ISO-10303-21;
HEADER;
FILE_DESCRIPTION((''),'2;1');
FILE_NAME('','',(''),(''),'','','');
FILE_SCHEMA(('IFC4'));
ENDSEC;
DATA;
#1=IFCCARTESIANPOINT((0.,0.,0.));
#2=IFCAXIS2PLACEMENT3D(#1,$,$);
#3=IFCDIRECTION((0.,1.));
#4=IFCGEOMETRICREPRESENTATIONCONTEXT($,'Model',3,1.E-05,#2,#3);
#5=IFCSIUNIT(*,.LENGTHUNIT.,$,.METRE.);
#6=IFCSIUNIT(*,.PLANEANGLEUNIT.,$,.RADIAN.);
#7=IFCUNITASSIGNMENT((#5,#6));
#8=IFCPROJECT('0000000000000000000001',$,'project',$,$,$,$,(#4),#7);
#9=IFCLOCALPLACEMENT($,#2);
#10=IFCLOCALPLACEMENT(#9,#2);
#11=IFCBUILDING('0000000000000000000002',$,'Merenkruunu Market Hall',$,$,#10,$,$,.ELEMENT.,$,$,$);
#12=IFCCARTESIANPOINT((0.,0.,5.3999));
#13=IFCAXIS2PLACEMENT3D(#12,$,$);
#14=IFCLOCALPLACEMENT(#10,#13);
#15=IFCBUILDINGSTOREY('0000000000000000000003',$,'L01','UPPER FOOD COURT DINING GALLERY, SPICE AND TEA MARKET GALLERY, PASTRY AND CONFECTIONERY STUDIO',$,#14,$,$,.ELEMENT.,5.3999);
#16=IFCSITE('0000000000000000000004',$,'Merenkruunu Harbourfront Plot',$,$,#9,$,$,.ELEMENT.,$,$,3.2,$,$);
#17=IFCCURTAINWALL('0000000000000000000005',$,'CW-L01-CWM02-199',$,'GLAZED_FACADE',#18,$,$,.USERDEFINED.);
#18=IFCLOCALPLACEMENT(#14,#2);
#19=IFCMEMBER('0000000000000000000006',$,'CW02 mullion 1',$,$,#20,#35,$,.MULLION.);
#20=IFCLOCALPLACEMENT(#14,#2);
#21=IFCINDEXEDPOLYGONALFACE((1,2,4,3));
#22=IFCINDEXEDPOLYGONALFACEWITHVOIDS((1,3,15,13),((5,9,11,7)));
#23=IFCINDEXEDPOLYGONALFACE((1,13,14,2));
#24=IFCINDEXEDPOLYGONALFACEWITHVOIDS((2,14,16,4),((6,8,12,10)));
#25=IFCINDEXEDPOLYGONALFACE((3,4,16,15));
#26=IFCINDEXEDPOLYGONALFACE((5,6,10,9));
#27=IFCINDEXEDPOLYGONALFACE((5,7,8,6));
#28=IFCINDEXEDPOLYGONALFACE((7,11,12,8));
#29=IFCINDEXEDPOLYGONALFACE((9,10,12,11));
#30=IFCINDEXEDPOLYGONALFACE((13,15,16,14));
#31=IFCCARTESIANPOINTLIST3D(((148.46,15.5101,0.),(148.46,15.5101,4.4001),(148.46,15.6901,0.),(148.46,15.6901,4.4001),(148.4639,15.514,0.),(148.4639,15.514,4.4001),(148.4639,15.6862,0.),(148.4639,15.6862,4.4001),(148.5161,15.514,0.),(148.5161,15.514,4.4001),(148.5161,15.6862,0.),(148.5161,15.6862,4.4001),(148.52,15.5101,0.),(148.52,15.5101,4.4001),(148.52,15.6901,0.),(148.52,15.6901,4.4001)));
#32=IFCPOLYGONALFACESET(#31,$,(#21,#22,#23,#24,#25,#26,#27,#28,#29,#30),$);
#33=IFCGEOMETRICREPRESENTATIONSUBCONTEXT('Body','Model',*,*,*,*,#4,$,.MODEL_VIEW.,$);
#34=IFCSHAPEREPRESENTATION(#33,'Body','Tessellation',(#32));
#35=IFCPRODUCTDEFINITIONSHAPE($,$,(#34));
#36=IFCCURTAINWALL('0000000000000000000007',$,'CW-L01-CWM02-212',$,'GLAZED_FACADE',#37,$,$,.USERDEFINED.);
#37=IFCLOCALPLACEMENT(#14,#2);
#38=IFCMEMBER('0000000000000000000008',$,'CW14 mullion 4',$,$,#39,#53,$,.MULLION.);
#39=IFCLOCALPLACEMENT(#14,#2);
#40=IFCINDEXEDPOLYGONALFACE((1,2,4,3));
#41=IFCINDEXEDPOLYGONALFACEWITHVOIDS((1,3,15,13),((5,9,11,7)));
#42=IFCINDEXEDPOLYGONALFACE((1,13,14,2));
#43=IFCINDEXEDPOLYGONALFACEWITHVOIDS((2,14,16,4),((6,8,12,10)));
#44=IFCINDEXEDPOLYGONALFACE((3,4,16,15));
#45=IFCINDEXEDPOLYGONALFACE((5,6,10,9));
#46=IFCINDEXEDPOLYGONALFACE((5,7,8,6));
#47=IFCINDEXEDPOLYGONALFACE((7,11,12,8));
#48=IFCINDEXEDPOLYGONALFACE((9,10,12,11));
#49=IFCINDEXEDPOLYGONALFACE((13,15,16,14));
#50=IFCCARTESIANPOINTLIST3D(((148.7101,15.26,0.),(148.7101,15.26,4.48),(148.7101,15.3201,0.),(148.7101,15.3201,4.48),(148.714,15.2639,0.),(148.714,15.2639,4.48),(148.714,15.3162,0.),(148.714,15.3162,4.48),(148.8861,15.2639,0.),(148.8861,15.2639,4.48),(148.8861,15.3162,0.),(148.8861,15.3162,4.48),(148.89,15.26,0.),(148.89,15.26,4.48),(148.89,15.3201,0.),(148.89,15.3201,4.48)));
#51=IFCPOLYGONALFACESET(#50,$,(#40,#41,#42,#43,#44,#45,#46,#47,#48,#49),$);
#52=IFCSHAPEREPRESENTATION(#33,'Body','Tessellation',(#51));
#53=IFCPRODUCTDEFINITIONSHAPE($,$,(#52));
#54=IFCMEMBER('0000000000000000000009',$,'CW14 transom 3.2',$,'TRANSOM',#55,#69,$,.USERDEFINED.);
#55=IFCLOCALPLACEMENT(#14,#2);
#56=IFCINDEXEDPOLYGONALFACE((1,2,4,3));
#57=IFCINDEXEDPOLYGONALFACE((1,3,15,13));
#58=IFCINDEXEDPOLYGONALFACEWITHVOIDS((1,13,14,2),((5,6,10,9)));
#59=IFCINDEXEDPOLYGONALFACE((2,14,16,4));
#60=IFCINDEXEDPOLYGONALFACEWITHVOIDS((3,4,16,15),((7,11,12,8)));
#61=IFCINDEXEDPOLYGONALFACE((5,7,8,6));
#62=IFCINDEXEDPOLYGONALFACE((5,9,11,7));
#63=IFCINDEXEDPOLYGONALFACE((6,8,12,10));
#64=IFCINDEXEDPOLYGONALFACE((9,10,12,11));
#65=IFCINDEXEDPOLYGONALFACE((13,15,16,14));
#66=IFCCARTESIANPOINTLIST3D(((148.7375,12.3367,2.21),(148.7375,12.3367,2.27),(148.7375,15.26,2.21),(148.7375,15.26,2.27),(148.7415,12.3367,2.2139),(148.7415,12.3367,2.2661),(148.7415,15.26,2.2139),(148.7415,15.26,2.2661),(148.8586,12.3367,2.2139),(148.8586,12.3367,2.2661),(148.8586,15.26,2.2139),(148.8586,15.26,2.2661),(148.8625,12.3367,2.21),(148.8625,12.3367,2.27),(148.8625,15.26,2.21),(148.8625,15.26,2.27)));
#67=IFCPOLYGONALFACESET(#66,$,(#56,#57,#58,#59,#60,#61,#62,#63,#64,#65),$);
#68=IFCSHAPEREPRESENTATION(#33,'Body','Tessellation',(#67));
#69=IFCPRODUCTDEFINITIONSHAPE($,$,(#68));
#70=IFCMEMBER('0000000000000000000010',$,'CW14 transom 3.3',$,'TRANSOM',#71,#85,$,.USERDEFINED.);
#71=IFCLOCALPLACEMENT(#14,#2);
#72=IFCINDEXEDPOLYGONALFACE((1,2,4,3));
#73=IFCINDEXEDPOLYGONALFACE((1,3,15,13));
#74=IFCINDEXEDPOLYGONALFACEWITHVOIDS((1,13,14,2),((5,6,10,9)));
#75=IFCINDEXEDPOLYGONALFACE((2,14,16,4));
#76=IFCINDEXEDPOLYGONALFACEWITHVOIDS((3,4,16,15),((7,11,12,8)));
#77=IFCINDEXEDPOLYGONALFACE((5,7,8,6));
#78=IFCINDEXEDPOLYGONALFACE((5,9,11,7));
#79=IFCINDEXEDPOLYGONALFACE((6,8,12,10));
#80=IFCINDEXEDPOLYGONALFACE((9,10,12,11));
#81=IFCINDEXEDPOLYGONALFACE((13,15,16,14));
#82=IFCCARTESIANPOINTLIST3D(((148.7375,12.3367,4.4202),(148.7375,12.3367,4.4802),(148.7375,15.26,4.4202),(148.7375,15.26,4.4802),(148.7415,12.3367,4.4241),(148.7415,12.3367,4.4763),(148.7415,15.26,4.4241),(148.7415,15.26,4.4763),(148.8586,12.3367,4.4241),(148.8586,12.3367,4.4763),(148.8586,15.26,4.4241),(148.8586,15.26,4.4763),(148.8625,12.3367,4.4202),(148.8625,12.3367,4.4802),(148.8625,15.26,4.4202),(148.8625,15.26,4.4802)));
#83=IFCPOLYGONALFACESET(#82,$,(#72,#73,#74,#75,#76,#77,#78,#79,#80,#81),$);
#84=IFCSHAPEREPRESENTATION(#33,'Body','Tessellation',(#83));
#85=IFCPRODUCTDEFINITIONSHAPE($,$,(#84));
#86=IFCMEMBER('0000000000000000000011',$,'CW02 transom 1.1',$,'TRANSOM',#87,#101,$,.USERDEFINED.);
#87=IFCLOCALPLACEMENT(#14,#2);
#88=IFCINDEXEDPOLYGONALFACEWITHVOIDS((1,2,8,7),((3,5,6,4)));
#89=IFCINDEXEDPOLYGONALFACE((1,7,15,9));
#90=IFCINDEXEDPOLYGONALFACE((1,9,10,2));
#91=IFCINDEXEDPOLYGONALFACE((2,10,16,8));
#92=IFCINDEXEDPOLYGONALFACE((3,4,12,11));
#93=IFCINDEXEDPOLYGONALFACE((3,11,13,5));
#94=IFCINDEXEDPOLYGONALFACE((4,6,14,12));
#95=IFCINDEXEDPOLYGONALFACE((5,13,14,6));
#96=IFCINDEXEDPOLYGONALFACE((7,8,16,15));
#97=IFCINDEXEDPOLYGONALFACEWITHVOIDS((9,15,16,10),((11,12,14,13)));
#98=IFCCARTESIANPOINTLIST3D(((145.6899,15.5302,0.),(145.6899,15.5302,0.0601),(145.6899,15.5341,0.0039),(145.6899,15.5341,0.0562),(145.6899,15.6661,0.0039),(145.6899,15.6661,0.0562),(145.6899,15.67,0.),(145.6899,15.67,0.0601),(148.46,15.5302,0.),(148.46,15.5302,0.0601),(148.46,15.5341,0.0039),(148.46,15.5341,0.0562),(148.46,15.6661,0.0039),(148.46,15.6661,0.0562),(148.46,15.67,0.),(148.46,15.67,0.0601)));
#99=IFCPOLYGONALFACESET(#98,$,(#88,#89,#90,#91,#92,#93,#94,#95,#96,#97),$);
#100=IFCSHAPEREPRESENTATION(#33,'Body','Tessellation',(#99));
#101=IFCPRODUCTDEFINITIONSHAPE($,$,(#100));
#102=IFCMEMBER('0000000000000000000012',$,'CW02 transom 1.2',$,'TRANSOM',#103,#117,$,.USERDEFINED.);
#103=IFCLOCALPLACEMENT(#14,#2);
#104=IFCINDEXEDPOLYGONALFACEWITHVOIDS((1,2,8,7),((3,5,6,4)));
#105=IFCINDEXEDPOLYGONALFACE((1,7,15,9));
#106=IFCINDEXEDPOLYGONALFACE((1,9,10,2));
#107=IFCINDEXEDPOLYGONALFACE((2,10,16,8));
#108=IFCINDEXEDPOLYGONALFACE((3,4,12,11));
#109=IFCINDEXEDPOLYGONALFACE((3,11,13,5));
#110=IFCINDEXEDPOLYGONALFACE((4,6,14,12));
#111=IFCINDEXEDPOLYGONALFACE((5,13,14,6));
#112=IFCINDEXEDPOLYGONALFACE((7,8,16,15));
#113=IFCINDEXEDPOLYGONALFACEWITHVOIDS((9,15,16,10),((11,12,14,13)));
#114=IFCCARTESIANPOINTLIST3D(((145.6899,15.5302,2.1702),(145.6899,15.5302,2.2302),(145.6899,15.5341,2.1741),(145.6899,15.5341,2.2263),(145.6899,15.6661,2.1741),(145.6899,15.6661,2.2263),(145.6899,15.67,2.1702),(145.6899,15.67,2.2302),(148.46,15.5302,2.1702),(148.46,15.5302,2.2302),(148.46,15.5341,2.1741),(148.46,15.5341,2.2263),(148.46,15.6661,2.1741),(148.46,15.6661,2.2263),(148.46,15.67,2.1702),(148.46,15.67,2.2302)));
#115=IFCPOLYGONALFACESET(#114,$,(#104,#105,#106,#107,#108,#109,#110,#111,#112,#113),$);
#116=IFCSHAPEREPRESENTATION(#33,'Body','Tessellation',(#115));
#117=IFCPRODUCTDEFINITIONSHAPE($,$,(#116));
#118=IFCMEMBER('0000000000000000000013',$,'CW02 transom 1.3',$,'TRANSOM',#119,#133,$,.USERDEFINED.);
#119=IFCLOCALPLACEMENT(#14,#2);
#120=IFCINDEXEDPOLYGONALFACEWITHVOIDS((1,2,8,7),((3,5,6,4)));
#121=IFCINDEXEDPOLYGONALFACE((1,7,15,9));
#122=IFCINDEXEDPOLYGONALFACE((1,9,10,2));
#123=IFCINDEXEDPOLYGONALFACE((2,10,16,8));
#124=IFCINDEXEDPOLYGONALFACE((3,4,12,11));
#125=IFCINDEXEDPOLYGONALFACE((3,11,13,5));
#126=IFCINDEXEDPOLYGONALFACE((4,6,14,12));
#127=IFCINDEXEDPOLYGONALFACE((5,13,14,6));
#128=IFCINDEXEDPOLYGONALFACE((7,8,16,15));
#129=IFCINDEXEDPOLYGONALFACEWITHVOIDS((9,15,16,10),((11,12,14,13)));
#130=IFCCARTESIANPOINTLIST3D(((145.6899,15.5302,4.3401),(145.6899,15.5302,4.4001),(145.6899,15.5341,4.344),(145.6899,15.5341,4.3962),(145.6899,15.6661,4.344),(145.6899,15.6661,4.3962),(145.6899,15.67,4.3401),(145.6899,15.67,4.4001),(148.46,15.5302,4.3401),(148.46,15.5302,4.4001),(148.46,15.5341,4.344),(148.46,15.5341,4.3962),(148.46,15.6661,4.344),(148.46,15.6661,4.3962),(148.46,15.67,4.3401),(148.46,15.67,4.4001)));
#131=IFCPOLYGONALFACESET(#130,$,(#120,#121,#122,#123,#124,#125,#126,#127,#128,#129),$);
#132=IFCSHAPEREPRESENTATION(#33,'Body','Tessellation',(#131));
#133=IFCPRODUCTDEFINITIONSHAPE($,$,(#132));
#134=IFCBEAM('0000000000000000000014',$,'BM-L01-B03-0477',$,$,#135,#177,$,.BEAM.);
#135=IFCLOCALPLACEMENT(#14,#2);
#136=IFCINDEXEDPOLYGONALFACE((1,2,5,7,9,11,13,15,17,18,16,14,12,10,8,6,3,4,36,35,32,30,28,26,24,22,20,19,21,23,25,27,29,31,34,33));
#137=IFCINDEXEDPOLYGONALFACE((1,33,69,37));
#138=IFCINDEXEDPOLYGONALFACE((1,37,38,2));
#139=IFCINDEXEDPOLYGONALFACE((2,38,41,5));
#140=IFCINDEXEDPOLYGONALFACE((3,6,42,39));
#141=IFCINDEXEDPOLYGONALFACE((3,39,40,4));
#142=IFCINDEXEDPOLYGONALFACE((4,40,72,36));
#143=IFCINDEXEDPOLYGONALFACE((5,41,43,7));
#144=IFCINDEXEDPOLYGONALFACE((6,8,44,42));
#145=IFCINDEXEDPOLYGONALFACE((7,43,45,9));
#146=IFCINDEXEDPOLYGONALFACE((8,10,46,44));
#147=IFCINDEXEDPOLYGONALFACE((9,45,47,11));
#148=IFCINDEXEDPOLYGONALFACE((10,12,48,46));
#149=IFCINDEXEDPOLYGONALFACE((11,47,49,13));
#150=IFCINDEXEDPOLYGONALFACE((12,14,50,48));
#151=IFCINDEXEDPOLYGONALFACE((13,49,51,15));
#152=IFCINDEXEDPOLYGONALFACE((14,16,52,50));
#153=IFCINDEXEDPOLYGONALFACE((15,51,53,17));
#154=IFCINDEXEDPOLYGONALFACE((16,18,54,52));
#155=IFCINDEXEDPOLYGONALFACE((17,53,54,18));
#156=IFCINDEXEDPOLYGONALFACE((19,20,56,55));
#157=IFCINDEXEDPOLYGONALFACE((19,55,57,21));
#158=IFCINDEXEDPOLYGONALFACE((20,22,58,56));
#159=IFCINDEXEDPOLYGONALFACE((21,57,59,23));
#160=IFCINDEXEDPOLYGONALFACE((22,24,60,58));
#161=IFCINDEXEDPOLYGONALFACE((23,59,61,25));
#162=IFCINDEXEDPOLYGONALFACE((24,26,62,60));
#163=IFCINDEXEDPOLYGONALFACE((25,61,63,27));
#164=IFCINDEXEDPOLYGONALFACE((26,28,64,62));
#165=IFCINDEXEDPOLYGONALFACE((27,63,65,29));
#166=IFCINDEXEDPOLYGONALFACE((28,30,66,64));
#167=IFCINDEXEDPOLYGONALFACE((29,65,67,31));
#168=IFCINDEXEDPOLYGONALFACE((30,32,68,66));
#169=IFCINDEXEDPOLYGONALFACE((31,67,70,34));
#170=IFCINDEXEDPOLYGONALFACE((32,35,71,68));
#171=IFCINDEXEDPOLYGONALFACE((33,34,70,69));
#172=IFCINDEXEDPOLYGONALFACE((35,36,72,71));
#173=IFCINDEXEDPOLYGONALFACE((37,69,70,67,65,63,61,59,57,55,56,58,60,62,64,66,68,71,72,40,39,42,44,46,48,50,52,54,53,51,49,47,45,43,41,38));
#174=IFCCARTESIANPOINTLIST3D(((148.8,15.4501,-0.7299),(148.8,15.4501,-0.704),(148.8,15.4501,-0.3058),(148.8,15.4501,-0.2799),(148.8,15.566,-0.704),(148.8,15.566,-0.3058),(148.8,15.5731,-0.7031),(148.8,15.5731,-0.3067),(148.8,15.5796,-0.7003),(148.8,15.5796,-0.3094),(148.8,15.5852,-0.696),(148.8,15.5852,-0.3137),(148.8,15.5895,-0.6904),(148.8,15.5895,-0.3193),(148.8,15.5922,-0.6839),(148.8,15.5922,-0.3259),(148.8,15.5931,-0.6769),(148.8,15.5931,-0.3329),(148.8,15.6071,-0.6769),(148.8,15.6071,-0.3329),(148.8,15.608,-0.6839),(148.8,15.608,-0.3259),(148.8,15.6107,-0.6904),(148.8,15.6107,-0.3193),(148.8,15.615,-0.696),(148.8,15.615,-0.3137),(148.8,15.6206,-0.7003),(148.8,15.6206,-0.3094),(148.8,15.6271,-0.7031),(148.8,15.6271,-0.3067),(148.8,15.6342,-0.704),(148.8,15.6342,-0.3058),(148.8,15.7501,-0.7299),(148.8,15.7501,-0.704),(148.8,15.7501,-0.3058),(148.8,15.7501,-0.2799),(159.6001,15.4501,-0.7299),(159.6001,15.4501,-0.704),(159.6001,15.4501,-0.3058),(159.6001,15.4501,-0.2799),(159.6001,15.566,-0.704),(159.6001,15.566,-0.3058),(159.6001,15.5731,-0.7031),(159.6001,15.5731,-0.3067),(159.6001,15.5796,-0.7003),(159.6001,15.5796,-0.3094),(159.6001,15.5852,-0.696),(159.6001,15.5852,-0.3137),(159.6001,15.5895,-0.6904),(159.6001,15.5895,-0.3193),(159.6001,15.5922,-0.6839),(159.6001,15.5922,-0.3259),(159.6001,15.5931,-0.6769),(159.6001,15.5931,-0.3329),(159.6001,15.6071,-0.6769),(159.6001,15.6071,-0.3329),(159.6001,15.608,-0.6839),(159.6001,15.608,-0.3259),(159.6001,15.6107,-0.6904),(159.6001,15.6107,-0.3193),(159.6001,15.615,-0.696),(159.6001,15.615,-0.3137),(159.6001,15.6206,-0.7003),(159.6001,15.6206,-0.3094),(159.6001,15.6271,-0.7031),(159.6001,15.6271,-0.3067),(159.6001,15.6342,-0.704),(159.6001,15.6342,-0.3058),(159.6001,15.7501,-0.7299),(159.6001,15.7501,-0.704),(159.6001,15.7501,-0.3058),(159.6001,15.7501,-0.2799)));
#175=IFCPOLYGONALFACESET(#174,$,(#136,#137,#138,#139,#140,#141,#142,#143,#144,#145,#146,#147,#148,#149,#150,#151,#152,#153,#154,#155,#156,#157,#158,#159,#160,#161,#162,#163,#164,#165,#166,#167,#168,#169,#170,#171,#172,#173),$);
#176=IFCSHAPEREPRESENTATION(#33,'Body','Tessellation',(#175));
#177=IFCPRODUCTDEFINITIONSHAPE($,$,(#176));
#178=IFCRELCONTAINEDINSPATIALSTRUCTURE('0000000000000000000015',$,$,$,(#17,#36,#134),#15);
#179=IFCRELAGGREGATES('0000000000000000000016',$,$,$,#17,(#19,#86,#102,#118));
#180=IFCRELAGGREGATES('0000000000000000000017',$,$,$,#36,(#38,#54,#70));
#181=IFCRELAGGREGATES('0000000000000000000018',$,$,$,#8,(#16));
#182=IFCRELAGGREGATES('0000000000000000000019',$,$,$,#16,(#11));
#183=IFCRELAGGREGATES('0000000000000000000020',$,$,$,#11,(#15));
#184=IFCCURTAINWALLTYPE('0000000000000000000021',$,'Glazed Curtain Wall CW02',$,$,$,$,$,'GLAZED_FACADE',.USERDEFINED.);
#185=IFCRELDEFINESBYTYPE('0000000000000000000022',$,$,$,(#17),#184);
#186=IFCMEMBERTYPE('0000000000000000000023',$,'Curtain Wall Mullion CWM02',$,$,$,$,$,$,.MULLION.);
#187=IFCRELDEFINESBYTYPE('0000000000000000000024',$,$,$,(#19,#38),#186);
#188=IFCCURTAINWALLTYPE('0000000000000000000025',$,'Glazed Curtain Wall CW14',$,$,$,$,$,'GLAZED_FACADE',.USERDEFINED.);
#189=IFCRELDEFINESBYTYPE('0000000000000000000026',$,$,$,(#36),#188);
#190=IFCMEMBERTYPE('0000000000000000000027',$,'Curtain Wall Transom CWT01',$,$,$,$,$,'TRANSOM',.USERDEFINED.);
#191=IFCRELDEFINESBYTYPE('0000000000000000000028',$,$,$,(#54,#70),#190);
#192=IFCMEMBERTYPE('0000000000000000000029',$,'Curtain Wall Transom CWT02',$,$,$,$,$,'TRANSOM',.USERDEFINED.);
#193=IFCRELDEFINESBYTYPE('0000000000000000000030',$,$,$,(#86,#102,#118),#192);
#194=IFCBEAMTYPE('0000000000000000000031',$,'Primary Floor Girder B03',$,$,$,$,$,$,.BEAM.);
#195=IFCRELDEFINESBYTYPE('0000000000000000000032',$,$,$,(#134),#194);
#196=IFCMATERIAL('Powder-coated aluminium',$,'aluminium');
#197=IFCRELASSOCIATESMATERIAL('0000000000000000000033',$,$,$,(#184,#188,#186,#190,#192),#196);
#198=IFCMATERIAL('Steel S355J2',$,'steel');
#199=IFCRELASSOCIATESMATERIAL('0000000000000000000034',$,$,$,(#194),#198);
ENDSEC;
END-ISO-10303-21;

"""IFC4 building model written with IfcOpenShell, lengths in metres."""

from ifc_helpers import new_model, si_unit, direction, frame, origin, origin_2d, place, context, subcontext, project, spatial, hollow_rectangle, i_section, extrude, material, material_profile, profile_set, type_object, element, aggregate, save


model = new_model("IFC4")

# Units and contexts
model_context = context("Model", 3, precision=1e-05, world=origin(), true_north=direction((0.0, 1.0)))
body_context = subcontext(model_context, "Body", "Model", "MODEL_VIEW")
ifc_project = project(units=[si_unit("LENGTHUNIT", "METRE"), si_unit("PLANEANGLEUNIT", "RADIAN")], contexts=[model_context])

# Site, building, storey
site_placement = place(None, origin())
site = spatial("IfcSite", under=ifc_project, at=site_placement, Name="Merenkruunu Harbourfront Plot", CompositionType="ELEMENT", RefElevation=3.2)
building_placement = place(site_placement, origin())
building = spatial("IfcBuilding", under=site, at=building_placement, Name="Merenkruunu Market Hall", CompositionType="ELEMENT")
storey_placement = place(building_placement, frame((0.0, 0.0, 5.3999)))
storey = spatial("IfcBuildingStorey", under=building, at=storey_placement, Name="L01", Description="UPPER FOOD COURT DINING GALLERY, SPICE AND TEA MARKET GALLERY, PASTRY AND CONFECTIONERY STUDIO", CompositionType="ELEMENT", Elevation=5.3999)

# Shared definitions
ifc_material_1 = material(Name="Steel S355J2", Category="steel")

# Curtain wall, member
ifc_material_2 = material(Name="Powder-coated aluminium", Category="aluminium")
curtain_wall_type_1 = type_object("IfcCurtainWallType", Name="Glazed Curtain Wall CW02", ElementType="GLAZED_FACADE", PredefinedType="USERDEFINED", material=ifc_material_2)
curtain_wall_1_placement = place(storey_placement, origin())
curtain_wall_1 = element("IfcCurtainWall", 1, at=curtain_wall_1_placement, inside=storey, type_object=curtain_wall_type_1, Name="CW-L01-CWM02-199", ObjectType="GLAZED_FACADE", PredefinedType="USERDEFINED")
ifc_material_profile_1 = material_profile(ifc_material_2, hollow_rectangle(XDim=0.0601, YDim=0.1799, WallThickness=0.0039, at=origin_2d()), Name="ALU 60x180x4")
ifc_profile_set_1 = profile_set([ifc_material_profile_1], Name="Powder-coated aluminium")
member_type_1 = type_object("IfcMemberType", Name="Curtain Wall Mullion CWM02", PredefinedType="MULLION", material=ifc_profile_set_1)
member_1_placement = place(storey_placement, frame((148.49, 15.6001, 0.0), z_axis=(0.0, 0.0, 1.0), x_axis=(-1.0, 0.0, 0.0)))
member_1 = element("IfcMember", 2, at=member_1_placement, type_object=member_type_1, Name="CW02 mullion 1", PredefinedType="MULLION", context=body_context, shape_type="SweptSolid", body=[
    extrude(hollow_rectangle(XDim=0.0601, YDim=0.1799, WallThickness=0.0039, at=origin_2d()), origin(), (0.0, 0.0, 1.0), 4.4001),
])

# Curtain wall, members
curtain_wall_type_2 = type_object("IfcCurtainWallType", Name="Glazed Curtain Wall CW14", ElementType="GLAZED_FACADE", PredefinedType="USERDEFINED", material=ifc_material_2)
curtain_wall_2_placement = place(storey_placement, origin())
curtain_wall_2 = element("IfcCurtainWall", 3, at=curtain_wall_2_placement, inside=storey, type_object=curtain_wall_type_2, Name="CW-L01-CWM02-212", ObjectType="GLAZED_FACADE", PredefinedType="USERDEFINED")
member_2_placement = place(storey_placement, frame((148.8, 15.29, 0.0), z_axis=(0.0, 0.0, 1.0), x_axis=(0.0, 1.0, 0.0)))
member_2 = element("IfcMember", 4, at=member_2_placement, type_object=member_type_1, Name="CW14 mullion 4", PredefinedType="MULLION", context=body_context, shape_type="SweptSolid", body=[
    extrude(hollow_rectangle(XDim=0.0601, YDim=0.1799, WallThickness=0.0039, at=origin_2d()), origin(), (0.0, 0.0, 1.0), 4.48),
])
ifc_material_profile_2 = material_profile(ifc_material_2, hollow_rectangle(XDim=0.0601, YDim=0.125, WallThickness=0.0039, at=origin_2d()), Name="ALU 60x125x4")
ifc_profile_set_2 = profile_set([ifc_material_profile_2], Name="Powder-coated aluminium")
member_type_2 = type_object("IfcMemberType", Name="Curtain Wall Transom CWT01", ElementType="TRANSOM", PredefinedType="USERDEFINED", material=ifc_profile_set_2)
member_3_placement = place(storey_placement, frame((148.8, 12.3367, 2.24), z_axis=(0.0, 1.0, 0.0), x_axis=(0.0, 0.0, 1.0)))
member_3 = element("IfcMember", 5, at=member_3_placement, type_object=member_type_2, Name="CW14 transom 3.2", ObjectType="TRANSOM", PredefinedType="USERDEFINED", context=body_context, shape_type="SweptSolid", body=[
    extrude(hollow_rectangle(XDim=0.0601, YDim=0.125, WallThickness=0.0039, at=origin_2d()), origin(), (0.0, 0.0, 1.0), 2.9233),
])
member_4_placement = place(storey_placement, frame((148.8, 12.3367, 4.4502), z_axis=(0.0, 1.0, 0.0), x_axis=(0.0, 0.0, 1.0)))
member_4 = element("IfcMember", 6, at=member_4_placement, type_object=member_type_2, Name="CW14 transom 3.3", ObjectType="TRANSOM", PredefinedType="USERDEFINED", context=body_context, shape_type="SweptSolid", body=[
    extrude(hollow_rectangle(XDim=0.0601, YDim=0.125, WallThickness=0.0039, at=origin_2d()), origin(), (0.0, 0.0, 1.0), 2.9233),
])

# Members
ifc_material_profile_3 = material_profile(ifc_material_2, hollow_rectangle(XDim=0.0601, YDim=0.1399, WallThickness=0.0039, at=origin_2d()), Name="ALU 60x140x4")
ifc_profile_set_3 = profile_set([ifc_material_profile_3], Name="Powder-coated aluminium")
member_type_3 = type_object("IfcMemberType", Name="Curtain Wall Transom CWT02", ElementType="TRANSOM", PredefinedType="USERDEFINED", material=ifc_profile_set_3)
member_5_placement = place(storey_placement, frame((148.46, 15.6001, 0.03), z_axis=(-1.0, 0.0, 0.0), x_axis=(0.0, 0.0, 1.0)))
member_5 = element("IfcMember", 7, at=member_5_placement, type_object=member_type_3, Name="CW02 transom 1.1", ObjectType="TRANSOM", PredefinedType="USERDEFINED", context=body_context, shape_type="SweptSolid", body=[
    extrude(hollow_rectangle(XDim=0.0601, YDim=0.1399, WallThickness=0.0039, at=origin_2d()), origin(), (0.0, 0.0, 1.0), 2.77),
])
member_6_placement = place(storey_placement, frame((148.46, 15.6001, 2.2002), z_axis=(-1.0, 0.0, 0.0), x_axis=(0.0, 0.0, 1.0)))
member_6 = element("IfcMember", 8, at=member_6_placement, type_object=member_type_3, Name="CW02 transom 1.2", ObjectType="TRANSOM", PredefinedType="USERDEFINED", context=body_context, shape_type="SweptSolid", body=[
    extrude(hollow_rectangle(XDim=0.0601, YDim=0.1399, WallThickness=0.0039, at=origin_2d()), origin(), (0.0, 0.0, 1.0), 2.77),
])
member_7_placement = place(storey_placement, frame((148.46, 15.6001, 4.3701), z_axis=(-1.0, 0.0, 0.0), x_axis=(0.0, 0.0, 1.0)))
member_7 = element("IfcMember", 9, at=member_7_placement, type_object=member_type_3, Name="CW02 transom 1.3", ObjectType="TRANSOM", PredefinedType="USERDEFINED", context=body_context, shape_type="SweptSolid", body=[
    extrude(hollow_rectangle(XDim=0.0601, YDim=0.1399, WallThickness=0.0039, at=origin_2d()), origin(), (0.0, 0.0, 1.0), 2.77),
])
aggregate(curtain_wall_1, [member_1, member_5, member_6, member_7])

# Beam
ifc_material_profile_4 = material_profile(ifc_material_1, i_section(OverallWidth=0.3, OverallDepth=0.45, WebThickness=0.0139, FlangeThickness=0.0259, FilletRadius=0.0271, at=origin_2d()), Name="HEB 450")
ifc_profile_set_4 = profile_set([ifc_material_profile_4], Name="Steel S355J2")
beam_type_1 = type_object("IfcBeamType", Name="Primary Floor Girder B03", PredefinedType="BEAM", material=ifc_profile_set_4)
beam_1_placement = place(storey_placement, frame((148.8, 15.6001, -0.5049), z_axis=(1.0, 0.0, 0.0), x_axis=(0.0, 1.0, 0.0)))
element("IfcBeam", 10, at=beam_1_placement, inside=storey, type_object=beam_type_1, Name="BM-L01-B03-0477", PredefinedType="BEAM", context=body_context, shape_type="SweptSolid", body=[
    extrude(i_section(OverallWidth=0.3, OverallDepth=0.45, WebThickness=0.0139, FlangeThickness=0.0259, FilletRadius=0.0271, at=origin_2d()), origin(), (0.0, 0.0, 1.0), 10.8),
])

aggregate(curtain_wall_2, [member_2, member_3, member_4])

save(model, "model.ifc")
